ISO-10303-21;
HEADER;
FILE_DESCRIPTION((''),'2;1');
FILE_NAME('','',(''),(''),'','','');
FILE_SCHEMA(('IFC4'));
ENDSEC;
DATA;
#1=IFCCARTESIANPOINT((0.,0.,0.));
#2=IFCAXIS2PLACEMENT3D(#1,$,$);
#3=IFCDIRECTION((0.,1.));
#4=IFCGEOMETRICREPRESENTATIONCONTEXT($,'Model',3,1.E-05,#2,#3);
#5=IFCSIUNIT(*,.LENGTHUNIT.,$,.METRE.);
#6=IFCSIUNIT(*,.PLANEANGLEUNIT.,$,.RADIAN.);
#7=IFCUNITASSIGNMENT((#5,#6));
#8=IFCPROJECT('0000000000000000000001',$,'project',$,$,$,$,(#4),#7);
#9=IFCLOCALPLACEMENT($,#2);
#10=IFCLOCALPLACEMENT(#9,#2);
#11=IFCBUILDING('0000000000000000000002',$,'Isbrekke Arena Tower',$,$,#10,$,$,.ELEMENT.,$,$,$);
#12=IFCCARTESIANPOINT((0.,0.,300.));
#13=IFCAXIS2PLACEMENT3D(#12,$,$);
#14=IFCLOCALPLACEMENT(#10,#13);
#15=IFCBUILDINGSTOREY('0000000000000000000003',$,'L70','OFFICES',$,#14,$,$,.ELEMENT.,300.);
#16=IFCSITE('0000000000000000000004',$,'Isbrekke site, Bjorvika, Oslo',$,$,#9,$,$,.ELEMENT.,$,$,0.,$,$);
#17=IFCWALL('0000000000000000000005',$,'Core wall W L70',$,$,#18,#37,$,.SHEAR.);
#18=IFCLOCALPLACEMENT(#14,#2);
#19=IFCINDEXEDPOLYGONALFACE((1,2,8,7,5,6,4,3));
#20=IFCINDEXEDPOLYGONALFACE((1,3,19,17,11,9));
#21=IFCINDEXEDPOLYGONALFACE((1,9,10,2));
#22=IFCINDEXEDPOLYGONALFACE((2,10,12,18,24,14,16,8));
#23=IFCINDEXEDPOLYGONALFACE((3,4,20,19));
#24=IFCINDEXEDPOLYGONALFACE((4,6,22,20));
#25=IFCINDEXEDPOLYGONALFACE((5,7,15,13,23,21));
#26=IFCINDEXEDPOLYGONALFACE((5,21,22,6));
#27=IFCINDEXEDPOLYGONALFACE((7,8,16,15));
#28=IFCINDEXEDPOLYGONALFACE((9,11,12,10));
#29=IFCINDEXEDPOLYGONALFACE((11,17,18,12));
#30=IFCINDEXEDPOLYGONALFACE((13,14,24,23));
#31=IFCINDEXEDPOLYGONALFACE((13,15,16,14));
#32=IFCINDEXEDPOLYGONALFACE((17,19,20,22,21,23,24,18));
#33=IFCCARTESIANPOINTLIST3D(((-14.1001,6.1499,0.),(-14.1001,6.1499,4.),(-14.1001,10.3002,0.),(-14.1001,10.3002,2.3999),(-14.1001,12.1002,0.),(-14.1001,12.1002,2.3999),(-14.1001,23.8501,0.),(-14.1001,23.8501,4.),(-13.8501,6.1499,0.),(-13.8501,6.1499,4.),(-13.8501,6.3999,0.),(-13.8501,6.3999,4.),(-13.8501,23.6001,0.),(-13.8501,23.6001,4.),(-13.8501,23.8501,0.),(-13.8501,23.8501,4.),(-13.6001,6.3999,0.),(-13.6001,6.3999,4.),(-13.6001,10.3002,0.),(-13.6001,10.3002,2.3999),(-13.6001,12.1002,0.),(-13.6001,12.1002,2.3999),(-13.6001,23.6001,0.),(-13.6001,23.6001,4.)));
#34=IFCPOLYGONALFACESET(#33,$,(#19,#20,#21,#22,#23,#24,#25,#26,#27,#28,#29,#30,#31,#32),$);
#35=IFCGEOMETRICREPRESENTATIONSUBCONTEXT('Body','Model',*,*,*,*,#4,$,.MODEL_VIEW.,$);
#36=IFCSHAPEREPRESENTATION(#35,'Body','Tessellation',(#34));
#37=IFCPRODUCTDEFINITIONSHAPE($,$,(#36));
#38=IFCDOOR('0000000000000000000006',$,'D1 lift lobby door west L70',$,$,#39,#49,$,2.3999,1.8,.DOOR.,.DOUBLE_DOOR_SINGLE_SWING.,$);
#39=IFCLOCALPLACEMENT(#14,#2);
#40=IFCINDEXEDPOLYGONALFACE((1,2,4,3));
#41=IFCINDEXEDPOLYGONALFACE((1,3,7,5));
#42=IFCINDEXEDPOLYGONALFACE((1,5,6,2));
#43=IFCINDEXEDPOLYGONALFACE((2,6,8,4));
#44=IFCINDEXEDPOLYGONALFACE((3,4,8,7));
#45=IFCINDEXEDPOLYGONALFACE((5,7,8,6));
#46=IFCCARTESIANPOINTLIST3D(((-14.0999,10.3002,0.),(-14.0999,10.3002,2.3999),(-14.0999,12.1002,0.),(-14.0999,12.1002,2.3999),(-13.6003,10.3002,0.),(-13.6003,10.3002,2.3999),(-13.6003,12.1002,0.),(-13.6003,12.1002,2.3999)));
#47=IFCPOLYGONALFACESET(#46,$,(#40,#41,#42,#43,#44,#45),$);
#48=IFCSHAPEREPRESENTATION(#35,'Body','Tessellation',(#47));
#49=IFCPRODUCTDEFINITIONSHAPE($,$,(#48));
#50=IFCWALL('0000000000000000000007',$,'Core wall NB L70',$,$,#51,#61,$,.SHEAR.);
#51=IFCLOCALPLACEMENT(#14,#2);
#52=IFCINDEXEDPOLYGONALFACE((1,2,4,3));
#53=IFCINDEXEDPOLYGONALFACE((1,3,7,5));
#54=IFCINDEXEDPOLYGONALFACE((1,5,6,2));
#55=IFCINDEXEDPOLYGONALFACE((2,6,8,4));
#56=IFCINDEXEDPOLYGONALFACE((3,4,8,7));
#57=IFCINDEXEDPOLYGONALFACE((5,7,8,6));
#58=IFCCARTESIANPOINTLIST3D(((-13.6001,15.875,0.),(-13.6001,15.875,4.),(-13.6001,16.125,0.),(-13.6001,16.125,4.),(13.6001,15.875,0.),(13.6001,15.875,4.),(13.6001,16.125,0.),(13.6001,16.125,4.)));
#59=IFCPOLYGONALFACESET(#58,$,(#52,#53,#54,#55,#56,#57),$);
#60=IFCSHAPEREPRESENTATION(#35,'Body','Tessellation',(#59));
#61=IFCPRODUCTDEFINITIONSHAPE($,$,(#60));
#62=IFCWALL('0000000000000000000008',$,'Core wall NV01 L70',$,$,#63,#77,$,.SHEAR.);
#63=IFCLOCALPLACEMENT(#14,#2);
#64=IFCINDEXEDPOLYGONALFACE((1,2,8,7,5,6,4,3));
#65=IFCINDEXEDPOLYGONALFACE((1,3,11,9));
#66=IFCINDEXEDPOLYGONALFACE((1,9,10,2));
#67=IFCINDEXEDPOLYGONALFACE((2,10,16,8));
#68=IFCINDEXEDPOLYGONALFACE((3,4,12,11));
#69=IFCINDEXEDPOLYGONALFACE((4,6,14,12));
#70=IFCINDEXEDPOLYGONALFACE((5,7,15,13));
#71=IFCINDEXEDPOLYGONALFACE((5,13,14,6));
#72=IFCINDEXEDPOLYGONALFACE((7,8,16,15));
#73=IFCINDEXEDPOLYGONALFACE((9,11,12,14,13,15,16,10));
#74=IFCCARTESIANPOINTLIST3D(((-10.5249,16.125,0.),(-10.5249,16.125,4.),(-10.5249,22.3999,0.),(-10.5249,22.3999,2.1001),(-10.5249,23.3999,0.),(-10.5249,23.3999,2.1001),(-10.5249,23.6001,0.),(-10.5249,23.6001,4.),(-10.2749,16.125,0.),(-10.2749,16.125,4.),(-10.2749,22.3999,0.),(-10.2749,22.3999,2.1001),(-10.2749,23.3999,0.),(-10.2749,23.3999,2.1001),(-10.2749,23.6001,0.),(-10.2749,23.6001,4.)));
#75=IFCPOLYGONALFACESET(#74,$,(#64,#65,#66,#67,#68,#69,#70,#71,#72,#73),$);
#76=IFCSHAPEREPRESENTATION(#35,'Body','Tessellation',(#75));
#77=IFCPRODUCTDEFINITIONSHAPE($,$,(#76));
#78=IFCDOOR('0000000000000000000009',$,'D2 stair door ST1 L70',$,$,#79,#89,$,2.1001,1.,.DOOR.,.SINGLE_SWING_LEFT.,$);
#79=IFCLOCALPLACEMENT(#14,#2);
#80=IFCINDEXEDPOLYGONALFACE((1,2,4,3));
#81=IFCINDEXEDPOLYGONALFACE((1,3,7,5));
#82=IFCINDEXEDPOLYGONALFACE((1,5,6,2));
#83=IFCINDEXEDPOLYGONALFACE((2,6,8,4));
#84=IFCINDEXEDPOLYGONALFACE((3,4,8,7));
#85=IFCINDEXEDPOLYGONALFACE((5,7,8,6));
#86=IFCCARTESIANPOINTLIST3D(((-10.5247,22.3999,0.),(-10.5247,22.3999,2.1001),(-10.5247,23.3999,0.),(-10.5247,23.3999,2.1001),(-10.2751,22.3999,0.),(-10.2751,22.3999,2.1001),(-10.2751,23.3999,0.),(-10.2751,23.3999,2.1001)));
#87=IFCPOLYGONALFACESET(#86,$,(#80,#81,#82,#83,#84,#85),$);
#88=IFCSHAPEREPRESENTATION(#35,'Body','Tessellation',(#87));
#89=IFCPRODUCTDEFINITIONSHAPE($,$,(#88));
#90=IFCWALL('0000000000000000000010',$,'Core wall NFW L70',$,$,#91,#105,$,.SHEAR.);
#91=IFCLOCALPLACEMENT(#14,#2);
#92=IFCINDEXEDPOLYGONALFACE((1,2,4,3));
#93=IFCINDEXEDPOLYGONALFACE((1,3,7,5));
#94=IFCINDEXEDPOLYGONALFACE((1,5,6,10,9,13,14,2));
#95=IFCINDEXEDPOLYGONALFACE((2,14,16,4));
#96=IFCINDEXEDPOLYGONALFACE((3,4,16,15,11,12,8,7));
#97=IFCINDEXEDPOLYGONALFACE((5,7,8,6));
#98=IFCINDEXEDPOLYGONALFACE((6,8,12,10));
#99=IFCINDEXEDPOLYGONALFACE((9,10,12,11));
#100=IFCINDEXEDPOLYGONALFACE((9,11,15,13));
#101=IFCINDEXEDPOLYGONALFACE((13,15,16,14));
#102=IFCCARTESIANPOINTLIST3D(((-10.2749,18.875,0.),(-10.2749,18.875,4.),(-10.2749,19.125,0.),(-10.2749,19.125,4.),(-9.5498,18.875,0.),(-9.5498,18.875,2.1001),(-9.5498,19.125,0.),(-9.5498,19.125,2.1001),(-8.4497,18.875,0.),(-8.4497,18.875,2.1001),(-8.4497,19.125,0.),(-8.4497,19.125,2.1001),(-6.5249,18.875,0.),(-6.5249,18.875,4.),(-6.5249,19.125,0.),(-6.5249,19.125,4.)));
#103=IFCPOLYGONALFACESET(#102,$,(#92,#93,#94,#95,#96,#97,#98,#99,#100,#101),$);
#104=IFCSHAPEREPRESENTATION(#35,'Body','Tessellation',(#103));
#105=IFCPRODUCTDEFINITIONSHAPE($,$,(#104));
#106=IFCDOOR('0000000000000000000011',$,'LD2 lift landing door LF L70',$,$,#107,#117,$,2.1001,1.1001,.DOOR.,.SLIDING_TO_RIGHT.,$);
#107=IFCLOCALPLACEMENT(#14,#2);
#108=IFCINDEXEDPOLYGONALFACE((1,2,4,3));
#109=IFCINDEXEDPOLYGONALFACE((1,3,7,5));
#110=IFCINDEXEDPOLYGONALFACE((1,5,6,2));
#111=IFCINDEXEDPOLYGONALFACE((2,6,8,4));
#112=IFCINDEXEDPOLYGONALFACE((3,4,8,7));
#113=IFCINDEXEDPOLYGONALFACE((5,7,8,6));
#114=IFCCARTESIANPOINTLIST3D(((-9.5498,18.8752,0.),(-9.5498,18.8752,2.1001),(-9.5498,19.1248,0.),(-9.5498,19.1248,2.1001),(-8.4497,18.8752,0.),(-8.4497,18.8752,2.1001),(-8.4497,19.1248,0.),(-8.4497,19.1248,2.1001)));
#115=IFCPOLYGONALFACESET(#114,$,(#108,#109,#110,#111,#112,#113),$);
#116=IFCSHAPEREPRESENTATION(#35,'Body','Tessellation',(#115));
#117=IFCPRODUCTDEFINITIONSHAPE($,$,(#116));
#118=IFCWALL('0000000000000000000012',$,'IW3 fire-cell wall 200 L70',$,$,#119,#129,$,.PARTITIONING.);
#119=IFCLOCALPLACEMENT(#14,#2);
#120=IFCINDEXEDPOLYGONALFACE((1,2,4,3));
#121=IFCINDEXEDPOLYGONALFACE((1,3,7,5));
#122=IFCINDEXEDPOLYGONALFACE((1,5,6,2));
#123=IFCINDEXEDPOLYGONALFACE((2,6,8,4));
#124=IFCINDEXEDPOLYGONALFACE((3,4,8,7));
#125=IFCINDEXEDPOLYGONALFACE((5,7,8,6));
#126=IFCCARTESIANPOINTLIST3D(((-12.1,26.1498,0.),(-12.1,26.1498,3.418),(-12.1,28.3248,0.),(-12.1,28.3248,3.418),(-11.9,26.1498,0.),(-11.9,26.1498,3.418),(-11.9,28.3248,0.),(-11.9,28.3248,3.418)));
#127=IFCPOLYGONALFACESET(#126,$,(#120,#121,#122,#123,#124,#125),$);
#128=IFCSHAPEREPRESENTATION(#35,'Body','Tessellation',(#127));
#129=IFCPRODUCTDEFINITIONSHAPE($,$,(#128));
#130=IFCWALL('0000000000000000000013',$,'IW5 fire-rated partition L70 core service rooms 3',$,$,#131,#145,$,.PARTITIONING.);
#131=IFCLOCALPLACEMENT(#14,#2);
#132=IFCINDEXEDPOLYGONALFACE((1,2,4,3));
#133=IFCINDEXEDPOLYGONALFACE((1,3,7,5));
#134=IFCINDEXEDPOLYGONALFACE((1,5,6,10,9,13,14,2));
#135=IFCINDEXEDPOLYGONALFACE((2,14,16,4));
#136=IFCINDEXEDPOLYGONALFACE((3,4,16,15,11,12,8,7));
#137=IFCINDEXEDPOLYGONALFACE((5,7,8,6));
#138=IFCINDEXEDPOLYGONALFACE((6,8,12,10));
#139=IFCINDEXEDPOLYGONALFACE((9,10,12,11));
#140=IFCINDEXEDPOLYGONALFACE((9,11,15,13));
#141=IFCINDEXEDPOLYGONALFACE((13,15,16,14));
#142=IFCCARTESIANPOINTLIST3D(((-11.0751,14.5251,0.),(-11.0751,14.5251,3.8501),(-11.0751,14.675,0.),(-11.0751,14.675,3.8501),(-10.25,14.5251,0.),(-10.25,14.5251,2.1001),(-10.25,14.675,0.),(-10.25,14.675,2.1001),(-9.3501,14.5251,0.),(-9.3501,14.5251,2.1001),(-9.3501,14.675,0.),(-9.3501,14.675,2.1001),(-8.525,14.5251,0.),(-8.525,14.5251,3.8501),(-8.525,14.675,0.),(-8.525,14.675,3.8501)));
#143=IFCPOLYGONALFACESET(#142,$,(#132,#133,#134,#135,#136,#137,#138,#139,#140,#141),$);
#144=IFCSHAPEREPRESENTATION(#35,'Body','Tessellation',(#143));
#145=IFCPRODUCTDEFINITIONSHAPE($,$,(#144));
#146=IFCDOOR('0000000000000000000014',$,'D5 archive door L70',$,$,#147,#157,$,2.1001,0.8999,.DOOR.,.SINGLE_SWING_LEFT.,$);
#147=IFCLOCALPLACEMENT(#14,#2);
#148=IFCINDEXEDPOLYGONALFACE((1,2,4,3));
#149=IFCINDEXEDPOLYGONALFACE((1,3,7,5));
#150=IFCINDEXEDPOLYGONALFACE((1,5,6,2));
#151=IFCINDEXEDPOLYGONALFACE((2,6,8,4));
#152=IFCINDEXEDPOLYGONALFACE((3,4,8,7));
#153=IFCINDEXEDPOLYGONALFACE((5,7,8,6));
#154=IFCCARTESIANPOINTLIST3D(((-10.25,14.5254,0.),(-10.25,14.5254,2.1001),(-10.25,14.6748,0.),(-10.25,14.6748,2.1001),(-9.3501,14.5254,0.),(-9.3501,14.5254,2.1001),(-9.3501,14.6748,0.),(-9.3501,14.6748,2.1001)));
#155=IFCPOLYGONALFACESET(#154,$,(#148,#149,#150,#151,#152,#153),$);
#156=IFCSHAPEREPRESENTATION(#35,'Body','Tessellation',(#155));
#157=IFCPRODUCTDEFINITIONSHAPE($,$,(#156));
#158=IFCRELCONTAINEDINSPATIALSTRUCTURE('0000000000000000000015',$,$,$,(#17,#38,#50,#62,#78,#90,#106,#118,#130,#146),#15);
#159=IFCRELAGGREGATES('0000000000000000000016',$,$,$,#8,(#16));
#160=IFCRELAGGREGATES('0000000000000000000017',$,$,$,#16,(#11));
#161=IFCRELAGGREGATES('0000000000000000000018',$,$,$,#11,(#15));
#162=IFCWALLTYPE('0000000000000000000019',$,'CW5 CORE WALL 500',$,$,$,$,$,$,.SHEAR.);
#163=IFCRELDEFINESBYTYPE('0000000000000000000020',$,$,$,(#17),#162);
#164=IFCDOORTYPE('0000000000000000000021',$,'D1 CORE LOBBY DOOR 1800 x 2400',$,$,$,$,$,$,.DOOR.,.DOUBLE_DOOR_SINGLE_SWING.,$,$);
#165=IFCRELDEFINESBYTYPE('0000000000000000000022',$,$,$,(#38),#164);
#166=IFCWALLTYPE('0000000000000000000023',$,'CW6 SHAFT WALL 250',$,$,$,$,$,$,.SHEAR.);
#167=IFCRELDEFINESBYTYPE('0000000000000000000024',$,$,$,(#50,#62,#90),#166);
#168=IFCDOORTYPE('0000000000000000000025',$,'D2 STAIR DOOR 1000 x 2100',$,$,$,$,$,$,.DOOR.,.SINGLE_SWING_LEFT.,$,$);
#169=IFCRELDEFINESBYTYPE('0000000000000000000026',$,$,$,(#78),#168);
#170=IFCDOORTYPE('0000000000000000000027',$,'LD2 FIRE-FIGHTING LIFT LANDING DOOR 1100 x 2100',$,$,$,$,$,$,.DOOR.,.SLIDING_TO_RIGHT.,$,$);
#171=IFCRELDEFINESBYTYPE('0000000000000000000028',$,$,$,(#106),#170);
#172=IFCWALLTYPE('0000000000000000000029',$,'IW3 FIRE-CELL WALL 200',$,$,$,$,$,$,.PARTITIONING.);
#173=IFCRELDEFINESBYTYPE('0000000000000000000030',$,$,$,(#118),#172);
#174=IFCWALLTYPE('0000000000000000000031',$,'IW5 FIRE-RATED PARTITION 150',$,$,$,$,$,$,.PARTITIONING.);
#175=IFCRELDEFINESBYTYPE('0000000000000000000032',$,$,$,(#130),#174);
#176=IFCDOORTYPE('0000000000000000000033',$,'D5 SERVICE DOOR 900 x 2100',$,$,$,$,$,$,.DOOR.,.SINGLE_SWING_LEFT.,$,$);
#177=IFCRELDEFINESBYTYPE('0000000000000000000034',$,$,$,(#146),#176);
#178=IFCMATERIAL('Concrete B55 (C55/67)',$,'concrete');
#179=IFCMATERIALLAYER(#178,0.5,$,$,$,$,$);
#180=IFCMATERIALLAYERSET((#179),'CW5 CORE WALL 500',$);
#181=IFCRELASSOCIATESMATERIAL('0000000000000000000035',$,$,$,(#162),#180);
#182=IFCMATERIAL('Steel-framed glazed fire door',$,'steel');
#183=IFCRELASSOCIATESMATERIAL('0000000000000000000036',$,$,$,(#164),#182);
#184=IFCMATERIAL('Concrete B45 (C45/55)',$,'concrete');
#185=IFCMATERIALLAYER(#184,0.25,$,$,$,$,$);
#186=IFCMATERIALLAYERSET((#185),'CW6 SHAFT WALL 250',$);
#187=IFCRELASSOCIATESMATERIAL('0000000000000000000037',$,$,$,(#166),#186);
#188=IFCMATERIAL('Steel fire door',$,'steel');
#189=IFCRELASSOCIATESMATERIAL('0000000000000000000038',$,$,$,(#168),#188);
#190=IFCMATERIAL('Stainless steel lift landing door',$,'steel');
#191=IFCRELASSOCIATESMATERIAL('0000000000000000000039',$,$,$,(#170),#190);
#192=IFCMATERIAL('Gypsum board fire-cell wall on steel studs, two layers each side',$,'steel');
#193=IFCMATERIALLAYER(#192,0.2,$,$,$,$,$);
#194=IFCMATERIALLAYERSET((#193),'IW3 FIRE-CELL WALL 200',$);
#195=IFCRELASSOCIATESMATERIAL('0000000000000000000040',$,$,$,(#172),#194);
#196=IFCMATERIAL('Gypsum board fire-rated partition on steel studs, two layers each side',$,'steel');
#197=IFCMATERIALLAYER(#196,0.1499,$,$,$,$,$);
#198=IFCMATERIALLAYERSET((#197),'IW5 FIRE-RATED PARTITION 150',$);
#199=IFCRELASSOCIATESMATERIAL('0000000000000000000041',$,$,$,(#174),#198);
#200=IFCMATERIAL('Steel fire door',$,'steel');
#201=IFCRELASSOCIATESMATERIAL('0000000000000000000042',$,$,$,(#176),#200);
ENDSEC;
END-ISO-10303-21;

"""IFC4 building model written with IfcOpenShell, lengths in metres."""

from ifc_helpers import new_model, si_unit, direction, frame, frame_2d, origin, place, context, subcontext, project, spatial, polyline, rectangle, outline, extrude, material, layer, layer_set, type_object, element, fill, save


model = new_model("IFC4")

# Units and contexts
model_context = context("Model", 3, precision=1e-05, world=origin(), true_north=direction((0.0, 1.0)))
body_context = subcontext(model_context, "Body", "Model", "MODEL_VIEW")
ifc_project = project(units=[si_unit("LENGTHUNIT", "METRE"), si_unit("PLANEANGLEUNIT", "RADIAN")], contexts=[model_context])

# Site, building, storey
site_placement = place(None, origin())
site = spatial("IfcSite", under=ifc_project, at=site_placement, Name="Isbrekke site, Bjorvika, Oslo", CompositionType="ELEMENT", RefElevation=0.0)
building_placement = place(site_placement, origin())
building = spatial("IfcBuilding", under=site, at=building_placement, Name="Isbrekke Arena Tower", CompositionType="ELEMENT")
storey_placement = place(building_placement, frame((0.0, 0.0, 300.0)))
storey = spatial("IfcBuildingStorey", under=building, at=storey_placement, Name="L70", Description="OFFICES", CompositionType="ELEMENT", Elevation=300.0)

# Wall, opening, door
ifc_material_1 = material(Name="Concrete B55 (C55/67)", Category="concrete")
ifc_layer_1 = layer(ifc_material_1, 0.5)
ifc_layer_set_1 = layer_set([ifc_layer_1], Name="CW5 CORE WALL 500")
wall_type_1 = type_object("IfcWallType", Name="CW5 CORE WALL 500", PredefinedType="SHEAR", material=ifc_layer_set_1)
wall_1_placement = place(storey_placement, frame((-13.8501, 23.8501, 0.0), z_axis=(0.0, 0.0, 1.0), x_axis=(0.0, -1.0, 0.0)))
wall_1 = element("IfcWall", 1, at=wall_1_placement, inside=storey, type_object=wall_type_1, Name="Core wall W L70", PredefinedType="SHEAR", context=body_context, shape_type="SweptSolid", body=[
    extrude(outline(polyline([(0.0, -0.25), (17.7002, -0.25), (17.7002, 0.0), (17.4502, 0.0), (17.4502, 0.25), (0.25, 0.25), (0.25, 0.0), (0.0, 0.0), (0.0, -0.25)])), origin(), (0.0, 0.0, 1.0), 4.0),
])
opening_1_placement = place(wall_1_placement, frame((11.75, 0.0, 0.0)))
opening_1 = element("IfcOpeningElement", 2, at=opening_1_placement, cuts=wall_1, PredefinedType="OPENING", context=body_context, shape_type="SweptSolid", body=[
    extrude(rectangle(XDim=1.8, YDim=2.3999, at=frame_2d((0.8999, 1.2))), frame((0.0, 0.2649, 0.0), z_axis=(0.0, -1.0, 0.0), x_axis=(1.0, 0.0, 0.0)), (0.0, 0.0, 1.0), 0.5298),
])
ifc_material_2 = material(Name="Steel-framed glazed fire door", Category="steel")
door_type_1 = type_object("IfcDoorType", Name="D1 CORE LOBBY DOOR 1800 x 2400", OperationType="DOUBLE_DOOR_SINGLE_SWING", PredefinedType="DOOR", material=ifc_material_2)
door_1_placement = place(opening_1_placement, origin())
door_1 = element("IfcDoor", 3, at=door_1_placement, inside=storey, type_object=door_type_1, Name="D1 lift lobby door west L70", OperationType="DOUBLE_DOOR_SINGLE_SWING", OverallHeight=2.3999, OverallWidth=1.8, PredefinedType="DOOR", context=body_context, shape_type="SweptSolid", body=[
    extrude(rectangle(XDim=1.8, YDim=2.3999, at=frame_2d((0.8999, 1.2))), frame((0.0, 0.2498, 0.0), z_axis=(0.0, -1.0, 0.0), x_axis=(1.0, 0.0, 0.0)), (0.0, 0.0, 1.0), 0.4995),
])
fill(opening_1, door_1)

# Wall
ifc_material_3 = material(Name="Concrete B45 (C45/55)", Category="concrete")
ifc_layer_2 = layer(ifc_material_3, 0.25)
ifc_layer_set_2 = layer_set([ifc_layer_2], Name="CW6 SHAFT WALL 250")
wall_type_2 = type_object("IfcWallType", Name="CW6 SHAFT WALL 250", PredefinedType="SHEAR", material=ifc_layer_set_2)
wall_2_placement = place(storey_placement, frame((-13.6001, 16.0, 0.0), z_axis=(0.0, 0.0, 1.0), x_axis=(1.0, 0.0, 0.0)))
element("IfcWall", 4, at=wall_2_placement, inside=storey, type_object=wall_type_2, Name="Core wall NB L70", PredefinedType="SHEAR", context=body_context, shape_type="SweptSolid", body=[
    extrude(rectangle(XDim=27.2002, YDim=0.25, at=frame_2d((13.6001, 0.0))), origin(), (0.0, 0.0, 1.0), 4.0),
])

# Walls, openings, doors
wall_3_placement = place(storey_placement, frame((-10.3999, 16.125, 0.0), z_axis=(0.0, 0.0, 1.0), x_axis=(0.0, 1.0, 0.0)))
wall_3 = element("IfcWall", 5, at=wall_3_placement, inside=storey, type_object=wall_type_2, Name="Core wall NV01 L70", PredefinedType="SHEAR", context=body_context, shape_type="SweptSolid", body=[
    extrude(rectangle(XDim=7.4751, YDim=0.25, at=frame_2d((3.7375, 0.0))), origin(), (0.0, 0.0, 1.0), 4.0),
])
opening_2_placement = place(wall_3_placement, frame((6.2749, 0.0, 0.0)))
opening_2 = element("IfcOpeningElement", 6, at=opening_2_placement, cuts=wall_3, PredefinedType="OPENING", context=body_context, shape_type="SweptSolid", body=[
    extrude(rectangle(XDim=1.0, YDim=2.1001, at=frame_2d((0.5, 1.05))), frame((0.0, 0.1399, 0.0), z_axis=(0.0, -1.0, 0.0), x_axis=(1.0, 0.0, 0.0)), (0.0, 0.0, 1.0), 0.2798),
])
ifc_material_4 = material(Name="Steel fire door", Category="steel")
door_type_2 = type_object("IfcDoorType", Name="D2 STAIR DOOR 1000 x 2100", OperationType="SINGLE_SWING_LEFT", PredefinedType="DOOR", material=ifc_material_4)
door_2_placement = place(opening_2_placement, origin())
door_2 = element("IfcDoor", 7, at=door_2_placement, inside=storey, type_object=door_type_2, Name="D2 stair door ST1 L70", OperationType="SINGLE_SWING_LEFT", OverallHeight=2.1001, OverallWidth=1.0, PredefinedType="DOOR", context=body_context, shape_type="SweptSolid", body=[
    extrude(rectangle(XDim=1.0, YDim=2.1001, at=frame_2d((0.5, 1.05))), frame((0.0, 0.1248, 0.0), z_axis=(0.0, -1.0, 0.0), x_axis=(1.0, 0.0, 0.0)), (0.0, 0.0, 1.0), 0.2495),
])
fill(opening_2, door_2)
wall_4_placement = place(storey_placement, frame((-10.2749, 19.0, 0.0), z_axis=(0.0, 0.0, 1.0), x_axis=(1.0, 0.0, 0.0)))
wall_4 = element("IfcWall", 8, at=wall_4_placement, inside=storey, type_object=wall_type_2, Name="Core wall NFW L70", PredefinedType="SHEAR", context=body_context, shape_type="SweptSolid", body=[
    extrude(rectangle(XDim=3.75, YDim=0.25, at=frame_2d((1.875, 0.0))), origin(), (0.0, 0.0, 1.0), 4.0),
])
opening_3_placement = place(wall_4_placement, frame((0.7251, 0.0, 0.0)))
opening_3 = element("IfcOpeningElement", 9, at=opening_3_placement, cuts=wall_4, PredefinedType="OPENING", context=body_context, shape_type="SweptSolid", body=[
    extrude(rectangle(XDim=1.1001, YDim=2.1001, at=frame_2d((0.55, 1.05))), frame((0.0, 0.1399, 0.0), z_axis=(0.0, -1.0, 0.0), x_axis=(1.0, 0.0, 0.0)), (0.0, 0.0, 1.0), 0.2798),
])
ifc_material_5 = material(Name="Stainless steel lift landing door", Category="steel")
door_type_3 = type_object("IfcDoorType", Name="LD2 FIRE-FIGHTING LIFT LANDING DOOR 1100 x 2100", OperationType="SLIDING_TO_RIGHT", PredefinedType="DOOR", material=ifc_material_5)
door_3_placement = place(opening_3_placement, origin())
door_3 = element("IfcDoor", 10, at=door_3_placement, inside=storey, type_object=door_type_3, Name="LD2 lift landing door LF L70", OperationType="SLIDING_TO_RIGHT", OverallHeight=2.1001, OverallWidth=1.1001, PredefinedType="DOOR", context=body_context, shape_type="SweptSolid", body=[
    extrude(rectangle(XDim=1.1001, YDim=2.1001, at=frame_2d((0.55, 1.05))), frame((0.0, 0.1248, 0.0), z_axis=(0.0, -1.0, 0.0), x_axis=(1.0, 0.0, 0.0)), (0.0, 0.0, 1.0), 0.2495),
])
fill(opening_3, door_3)

# Wall
ifc_material_6 = material(Name="Gypsum board fire-cell wall on steel studs, two layers each side", Category="steel")
ifc_layer_3 = layer(ifc_material_6, 0.2)
ifc_layer_set_3 = layer_set([ifc_layer_3], Name="IW3 FIRE-CELL WALL 200")
wall_type_3 = type_object("IfcWallType", Name="IW3 FIRE-CELL WALL 200", PredefinedType="PARTITIONING", material=ifc_layer_set_3)
wall_5_placement = place(storey_placement, frame((-12.0, 26.1499, 0.0), z_axis=(0.0, 0.0, 1.0), x_axis=(0.0, 1.0, 0.0)))
element("IfcWall", 11, at=wall_5_placement, inside=storey, type_object=wall_type_3, Name="IW3 fire-cell wall 200 L70", PredefinedType="PARTITIONING", context=body_context, shape_type="SweptSolid", body=[
    extrude(rectangle(XDim=2.175, YDim=0.2, at=frame_2d((1.0874, 0.0))), origin(), (0.0, 0.0, 1.0), 3.418),
])

# Wall, opening, door
ifc_material_7 = material(Name="Gypsum board fire-rated partition on steel studs, two layers each side", Category="steel")
ifc_layer_4 = layer(ifc_material_7, 0.1499)
ifc_layer_set_4 = layer_set([ifc_layer_4], Name="IW5 FIRE-RATED PARTITION 150")
wall_type_4 = type_object("IfcWallType", Name="IW5 FIRE-RATED PARTITION 150", PredefinedType="PARTITIONING", material=ifc_layer_set_4)
wall_6_placement = place(storey_placement, frame((-11.075, 14.6001, 0.0), z_axis=(0.0, 0.0, 1.0), x_axis=(1.0, 0.0, 0.0)))
wall_6 = element("IfcWall", 12, at=wall_6_placement, inside=storey, type_object=wall_type_4, Name="IW5 fire-rated partition L70 core service rooms 3", PredefinedType="PARTITIONING", context=body_context, shape_type="SweptSolid", body=[
    extrude(rectangle(XDim=2.55, YDim=0.1499, at=frame_2d((1.2749, 0.0))), origin(), (0.0, 0.0, 1.0), 3.8501),
])
opening_4_placement = place(wall_6_placement, frame((0.825, 0.0, 0.0)))
opening_4 = element("IfcOpeningElement", 13, at=opening_4_placement, cuts=wall_6, PredefinedType="OPENING", context=body_context, shape_type="SweptSolid", body=[
    extrude(rectangle(XDim=0.8999, YDim=2.1001, at=frame_2d((0.45, 1.05))), frame((0.0, 0.0898, 0.0), z_axis=(0.0, -1.0, 0.0), x_axis=(1.0, 0.0, 0.0)), (0.0, 0.0, 1.0), 0.1797),
])
ifc_material_8 = material(Name="Steel fire door", Category="steel")
door_type_4 = type_object("IfcDoorType", Name="D5 SERVICE DOOR 900 x 2100", OperationType="SINGLE_SWING_LEFT", PredefinedType="DOOR", material=ifc_material_8)
door_4_placement = place(opening_4_placement, origin())
door_4 = element("IfcDoor", 14, at=door_4_placement, inside=storey, type_object=door_type_4, Name="D5 archive door L70", OperationType="SINGLE_SWING_LEFT", OverallHeight=2.1001, OverallWidth=0.8999, PredefinedType="DOOR", context=body_context, shape_type="SweptSolid", body=[
    extrude(rectangle(XDim=0.8999, YDim=2.1001, at=frame_2d((0.45, 1.05))), frame((0.0, 0.0747, 0.0), z_axis=(0.0, -1.0, 0.0), x_axis=(1.0, 0.0, 0.0)), (0.0, 0.0, 1.0), 0.1494),
])
fill(opening_4, door_4)

save(model, "model.ifc")
